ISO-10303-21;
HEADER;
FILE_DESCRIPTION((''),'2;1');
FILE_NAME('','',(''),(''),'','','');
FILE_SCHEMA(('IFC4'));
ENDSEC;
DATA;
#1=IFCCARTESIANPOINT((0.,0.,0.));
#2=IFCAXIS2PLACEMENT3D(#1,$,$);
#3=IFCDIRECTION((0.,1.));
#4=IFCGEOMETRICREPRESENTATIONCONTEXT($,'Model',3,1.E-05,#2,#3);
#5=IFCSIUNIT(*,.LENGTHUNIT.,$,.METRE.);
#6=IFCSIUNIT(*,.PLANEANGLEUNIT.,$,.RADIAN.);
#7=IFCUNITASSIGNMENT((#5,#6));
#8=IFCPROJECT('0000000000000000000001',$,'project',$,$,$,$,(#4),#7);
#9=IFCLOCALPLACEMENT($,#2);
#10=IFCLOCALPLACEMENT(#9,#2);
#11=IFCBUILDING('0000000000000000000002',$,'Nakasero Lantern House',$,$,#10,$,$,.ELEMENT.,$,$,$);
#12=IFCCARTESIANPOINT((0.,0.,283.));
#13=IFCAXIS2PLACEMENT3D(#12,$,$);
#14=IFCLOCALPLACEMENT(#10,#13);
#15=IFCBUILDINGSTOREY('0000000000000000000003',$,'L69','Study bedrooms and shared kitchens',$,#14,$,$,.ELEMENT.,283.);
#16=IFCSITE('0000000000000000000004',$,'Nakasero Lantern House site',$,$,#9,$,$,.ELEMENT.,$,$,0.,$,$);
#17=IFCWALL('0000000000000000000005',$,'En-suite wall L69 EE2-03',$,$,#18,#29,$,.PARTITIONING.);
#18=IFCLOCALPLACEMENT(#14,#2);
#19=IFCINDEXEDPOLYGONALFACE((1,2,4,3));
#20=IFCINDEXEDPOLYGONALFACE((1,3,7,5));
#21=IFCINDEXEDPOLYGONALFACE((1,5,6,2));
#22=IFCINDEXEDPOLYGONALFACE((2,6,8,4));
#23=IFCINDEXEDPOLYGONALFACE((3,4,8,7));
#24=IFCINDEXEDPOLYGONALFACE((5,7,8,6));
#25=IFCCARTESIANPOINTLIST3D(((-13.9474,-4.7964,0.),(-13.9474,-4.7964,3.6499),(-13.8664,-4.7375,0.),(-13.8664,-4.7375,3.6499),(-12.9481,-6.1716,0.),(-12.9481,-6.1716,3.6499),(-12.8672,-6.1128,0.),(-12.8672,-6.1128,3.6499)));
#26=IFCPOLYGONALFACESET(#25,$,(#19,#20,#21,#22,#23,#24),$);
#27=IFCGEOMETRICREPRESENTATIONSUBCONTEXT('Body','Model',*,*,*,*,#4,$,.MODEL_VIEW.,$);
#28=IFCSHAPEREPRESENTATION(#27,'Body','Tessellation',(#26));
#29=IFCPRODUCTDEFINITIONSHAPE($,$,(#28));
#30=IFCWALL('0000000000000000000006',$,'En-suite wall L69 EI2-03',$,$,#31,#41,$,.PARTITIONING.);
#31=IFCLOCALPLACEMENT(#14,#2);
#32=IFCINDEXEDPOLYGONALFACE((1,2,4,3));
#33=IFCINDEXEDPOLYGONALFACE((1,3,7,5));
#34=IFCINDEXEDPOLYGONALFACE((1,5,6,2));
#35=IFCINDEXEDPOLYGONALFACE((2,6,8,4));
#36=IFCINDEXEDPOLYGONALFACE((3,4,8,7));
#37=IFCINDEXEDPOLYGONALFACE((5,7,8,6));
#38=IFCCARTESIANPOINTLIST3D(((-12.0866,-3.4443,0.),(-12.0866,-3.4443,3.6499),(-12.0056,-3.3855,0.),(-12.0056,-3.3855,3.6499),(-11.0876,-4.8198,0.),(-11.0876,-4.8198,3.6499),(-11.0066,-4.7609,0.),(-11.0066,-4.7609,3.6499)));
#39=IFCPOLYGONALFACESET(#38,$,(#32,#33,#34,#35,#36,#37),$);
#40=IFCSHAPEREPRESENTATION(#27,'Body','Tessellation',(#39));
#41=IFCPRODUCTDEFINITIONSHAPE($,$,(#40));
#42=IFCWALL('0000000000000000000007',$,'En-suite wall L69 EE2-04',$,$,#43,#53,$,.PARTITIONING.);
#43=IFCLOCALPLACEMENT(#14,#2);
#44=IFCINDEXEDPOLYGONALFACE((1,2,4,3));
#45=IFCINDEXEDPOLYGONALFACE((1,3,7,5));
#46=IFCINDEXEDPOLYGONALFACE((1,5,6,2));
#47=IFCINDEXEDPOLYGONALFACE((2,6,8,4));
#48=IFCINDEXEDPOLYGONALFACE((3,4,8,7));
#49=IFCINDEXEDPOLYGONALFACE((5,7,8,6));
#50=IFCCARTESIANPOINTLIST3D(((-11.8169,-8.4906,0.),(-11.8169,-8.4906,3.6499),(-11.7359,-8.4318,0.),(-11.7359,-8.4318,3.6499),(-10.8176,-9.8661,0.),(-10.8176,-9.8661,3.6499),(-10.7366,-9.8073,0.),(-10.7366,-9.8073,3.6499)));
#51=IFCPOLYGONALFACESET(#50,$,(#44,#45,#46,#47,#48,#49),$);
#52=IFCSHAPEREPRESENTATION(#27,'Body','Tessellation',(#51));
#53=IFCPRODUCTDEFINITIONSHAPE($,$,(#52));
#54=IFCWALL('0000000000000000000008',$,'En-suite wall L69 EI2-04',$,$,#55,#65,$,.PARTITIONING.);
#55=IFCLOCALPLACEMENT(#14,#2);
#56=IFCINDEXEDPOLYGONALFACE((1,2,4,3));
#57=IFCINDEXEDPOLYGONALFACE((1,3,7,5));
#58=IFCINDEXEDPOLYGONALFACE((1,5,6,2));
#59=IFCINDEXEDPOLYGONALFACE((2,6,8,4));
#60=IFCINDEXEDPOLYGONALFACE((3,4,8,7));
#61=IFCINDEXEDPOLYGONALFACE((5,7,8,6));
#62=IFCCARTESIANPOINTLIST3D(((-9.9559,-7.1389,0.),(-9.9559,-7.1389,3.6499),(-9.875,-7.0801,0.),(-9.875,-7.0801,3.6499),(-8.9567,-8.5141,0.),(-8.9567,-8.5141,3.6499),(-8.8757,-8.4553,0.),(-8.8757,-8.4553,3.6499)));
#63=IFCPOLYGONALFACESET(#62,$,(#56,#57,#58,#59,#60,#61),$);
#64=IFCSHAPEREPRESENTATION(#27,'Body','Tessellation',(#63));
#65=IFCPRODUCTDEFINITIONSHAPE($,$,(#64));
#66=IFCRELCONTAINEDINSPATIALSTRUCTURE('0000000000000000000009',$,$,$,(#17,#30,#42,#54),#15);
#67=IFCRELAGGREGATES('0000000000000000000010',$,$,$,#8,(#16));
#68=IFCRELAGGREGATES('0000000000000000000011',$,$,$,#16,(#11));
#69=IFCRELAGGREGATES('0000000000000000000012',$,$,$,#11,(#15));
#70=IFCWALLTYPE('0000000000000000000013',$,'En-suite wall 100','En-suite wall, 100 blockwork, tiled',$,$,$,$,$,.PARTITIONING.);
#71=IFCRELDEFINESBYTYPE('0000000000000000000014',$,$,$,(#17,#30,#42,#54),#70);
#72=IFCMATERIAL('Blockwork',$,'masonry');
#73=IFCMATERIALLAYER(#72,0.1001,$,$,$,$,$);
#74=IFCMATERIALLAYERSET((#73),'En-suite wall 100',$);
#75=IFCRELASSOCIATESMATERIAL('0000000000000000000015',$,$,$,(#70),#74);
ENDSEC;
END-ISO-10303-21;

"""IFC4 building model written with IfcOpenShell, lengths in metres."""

from ifc_helpers import new_model, si_unit, direction, frame, frame_2d, origin, place, context, subcontext, project, spatial, rectangle, extrude, material, layer, layer_set, type_object, element, save


model = new_model("IFC4")

# Units and contexts
model_context = context("Model", 3, precision=1e-05, world=origin(), true_north=direction((0.0, 1.0)))
body_context = subcontext(model_context, "Body", "Model", "MODEL_VIEW")
ifc_project = project(units=[si_unit("LENGTHUNIT", "METRE"), si_unit("PLANEANGLEUNIT", "RADIAN")], contexts=[model_context])

# Site, building, storey
site_placement = place(None, origin())
site = spatial("IfcSite", under=ifc_project, at=site_placement, Name="Nakasero Lantern House site", CompositionType="ELEMENT", RefElevation=0.0)
building_placement = place(site_placement, origin())
building = spatial("IfcBuilding", under=site, at=building_placement, Name="Nakasero Lantern House", CompositionType="ELEMENT")
storey_placement = place(building_placement, frame((0.0, 0.0, 283.0)))
storey = spatial("IfcBuildingStorey", under=building, at=storey_placement, Name="L69", Description="Study bedrooms and shared kitchens", CompositionType="ELEMENT", Elevation=283.0)

# Shared definitions
ifc_material_1 = material(Name="Blockwork", Category="masonry")
ifc_layer_1 = layer(ifc_material_1, 0.1001)
ifc_layer_set_1 = layer_set([ifc_layer_1], Name="En-suite wall 100")
wall_type_1 = type_object("IfcWallType", Name="En-suite wall 100", Description="En-suite wall, 100 blockwork, tiled", PredefinedType="PARTITIONING", material=ifc_layer_set_1)

# Walls
for number, where, z_axis, x_axis, name in (
    (1, (-13.907, -4.7668, 0.0), (0.0, 0.0, 1.0), (0.587822, -0.808991, 0.0), "En-suite wall L69 EE2-03"),
    (2, (-12.0461, -3.4148, 0.0), (0.0, 0.0, 1.0), (0.587659, -0.809109, 0.0), "En-suite wall L69 EI2-03"),
):
    element("IfcWall", number, at=place(storey_placement, frame(where, z_axis=z_axis, x_axis=x_axis)), inside=storey, type_object=wall_type_1, Name=name, PredefinedType="PARTITIONING", context=body_context, shape_type="SweptSolid", body=[
        extrude(rectangle(XDim=1.7, YDim=0.1001, at=frame_2d((0.8501, 0.0))), origin(), (0.0, 0.0, 1.0), 3.6499),
    ])
wall_1_placement = place(storey_placement, frame((-11.7764, -8.4612, 0.0), z_axis=(0.0, 0.0, 1.0), x_axis=(0.587753, -0.80904, 0.0)))
element("IfcWall", 3, at=wall_1_placement, inside=storey, type_object=wall_type_1, Name="En-suite wall L69 EE2-04", PredefinedType="PARTITIONING", context=body_context, shape_type="SweptSolid", body=[
    extrude(rectangle(XDim=1.7002, YDim=0.1001, at=frame_2d((0.8501, 0.0))), origin(), (0.0, 0.0, 1.0), 3.6499),
])
wall_2_placement = place(storey_placement, frame((-9.9155, -7.1094, 0.0), z_axis=(0.0, 0.0, 1.0), x_axis=(0.587822, -0.808991, 0.0)))
element("IfcWall", 4, at=wall_2_placement, inside=storey, type_object=wall_type_1, Name="En-suite wall L69 EI2-04", PredefinedType="PARTITIONING", context=body_context, shape_type="SweptSolid", body=[
    extrude(rectangle(XDim=1.7, YDim=0.1001, at=frame_2d((0.8501, 0.0))), origin(), (0.0, 0.0, 1.0), 3.6499),
])

save(model, "model.ifc")
